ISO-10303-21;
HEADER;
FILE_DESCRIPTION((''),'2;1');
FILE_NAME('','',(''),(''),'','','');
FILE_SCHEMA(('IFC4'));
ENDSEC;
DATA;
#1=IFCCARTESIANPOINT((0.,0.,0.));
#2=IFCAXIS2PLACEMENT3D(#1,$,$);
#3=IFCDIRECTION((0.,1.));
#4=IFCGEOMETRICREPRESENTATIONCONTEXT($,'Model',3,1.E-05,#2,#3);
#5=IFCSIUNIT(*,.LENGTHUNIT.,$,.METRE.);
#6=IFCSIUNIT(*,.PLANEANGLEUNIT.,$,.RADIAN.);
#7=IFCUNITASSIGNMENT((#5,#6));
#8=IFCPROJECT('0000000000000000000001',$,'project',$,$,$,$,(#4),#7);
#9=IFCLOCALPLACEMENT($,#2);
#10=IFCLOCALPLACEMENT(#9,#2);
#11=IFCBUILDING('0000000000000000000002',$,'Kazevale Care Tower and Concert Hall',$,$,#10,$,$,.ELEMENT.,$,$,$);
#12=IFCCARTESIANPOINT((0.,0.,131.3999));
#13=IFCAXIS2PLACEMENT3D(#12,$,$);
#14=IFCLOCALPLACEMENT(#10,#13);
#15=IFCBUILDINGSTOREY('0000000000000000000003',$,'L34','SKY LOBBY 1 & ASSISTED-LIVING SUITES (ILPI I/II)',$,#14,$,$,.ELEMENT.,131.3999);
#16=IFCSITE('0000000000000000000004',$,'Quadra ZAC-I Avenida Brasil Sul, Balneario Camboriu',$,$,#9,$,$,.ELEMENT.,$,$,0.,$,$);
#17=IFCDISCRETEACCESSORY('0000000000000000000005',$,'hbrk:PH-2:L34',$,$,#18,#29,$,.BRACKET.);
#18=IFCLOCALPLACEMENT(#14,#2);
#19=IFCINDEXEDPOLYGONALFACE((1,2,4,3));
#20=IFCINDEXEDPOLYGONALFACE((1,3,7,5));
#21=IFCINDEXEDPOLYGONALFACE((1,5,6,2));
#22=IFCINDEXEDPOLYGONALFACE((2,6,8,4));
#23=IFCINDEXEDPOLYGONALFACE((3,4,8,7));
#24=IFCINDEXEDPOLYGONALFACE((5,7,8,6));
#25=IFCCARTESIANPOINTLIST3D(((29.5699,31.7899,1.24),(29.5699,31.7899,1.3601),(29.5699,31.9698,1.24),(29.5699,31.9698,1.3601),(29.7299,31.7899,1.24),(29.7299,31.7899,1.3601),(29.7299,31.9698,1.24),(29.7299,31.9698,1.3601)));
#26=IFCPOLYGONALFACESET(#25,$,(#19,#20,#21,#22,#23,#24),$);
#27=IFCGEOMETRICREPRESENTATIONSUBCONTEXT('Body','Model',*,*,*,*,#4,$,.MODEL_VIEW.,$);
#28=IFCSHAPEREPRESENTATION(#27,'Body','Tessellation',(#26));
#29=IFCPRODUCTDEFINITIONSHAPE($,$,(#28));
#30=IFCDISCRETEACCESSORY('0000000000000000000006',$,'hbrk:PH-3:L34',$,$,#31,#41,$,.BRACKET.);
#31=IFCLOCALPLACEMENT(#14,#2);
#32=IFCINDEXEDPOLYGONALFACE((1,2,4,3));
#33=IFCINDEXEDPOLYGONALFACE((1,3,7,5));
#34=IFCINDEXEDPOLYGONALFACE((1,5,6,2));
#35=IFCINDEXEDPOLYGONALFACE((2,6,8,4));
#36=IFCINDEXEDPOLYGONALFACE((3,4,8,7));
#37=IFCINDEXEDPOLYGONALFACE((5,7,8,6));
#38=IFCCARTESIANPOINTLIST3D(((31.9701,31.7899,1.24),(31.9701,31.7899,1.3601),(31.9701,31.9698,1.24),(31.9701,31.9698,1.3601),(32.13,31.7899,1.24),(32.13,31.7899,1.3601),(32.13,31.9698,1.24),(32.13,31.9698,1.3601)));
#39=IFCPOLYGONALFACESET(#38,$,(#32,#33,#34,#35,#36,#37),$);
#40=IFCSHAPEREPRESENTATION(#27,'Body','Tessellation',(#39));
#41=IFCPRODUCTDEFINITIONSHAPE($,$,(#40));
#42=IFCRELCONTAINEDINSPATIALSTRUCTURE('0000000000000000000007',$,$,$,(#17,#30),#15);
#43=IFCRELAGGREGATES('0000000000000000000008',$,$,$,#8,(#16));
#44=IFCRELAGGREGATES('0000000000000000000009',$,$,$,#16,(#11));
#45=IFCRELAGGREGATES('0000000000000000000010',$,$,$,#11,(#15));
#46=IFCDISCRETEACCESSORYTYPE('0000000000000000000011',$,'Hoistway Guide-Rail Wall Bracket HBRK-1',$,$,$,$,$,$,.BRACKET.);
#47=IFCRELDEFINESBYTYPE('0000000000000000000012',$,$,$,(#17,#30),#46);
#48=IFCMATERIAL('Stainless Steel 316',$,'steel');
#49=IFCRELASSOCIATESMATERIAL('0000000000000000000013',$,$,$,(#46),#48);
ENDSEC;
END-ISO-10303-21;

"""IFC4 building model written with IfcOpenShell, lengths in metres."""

from ifc_helpers import new_model, si_unit, direction, frame, origin, origin_2d, place, context, subcontext, project, spatial, rectangle, extrude, material, type_object, element, save


model = new_model("IFC4")

# Units and contexts
model_context = context("Model", 3, precision=1e-05, world=origin(), true_north=direction((0.0, 1.0)))
body_context = subcontext(model_context, "Body", "Model", "MODEL_VIEW")
ifc_project = project(units=[si_unit("LENGTHUNIT", "METRE"), si_unit("PLANEANGLEUNIT", "RADIAN")], contexts=[model_context])

# Site, building, storey
site_placement = place(None, origin())
site = spatial("IfcSite", under=ifc_project, at=site_placement, Name="Quadra ZAC-I Avenida Brasil Sul, Balneario Camboriu", CompositionType="ELEMENT", RefElevation=0.0)
building_placement = place(site_placement, origin())
building = spatial("IfcBuilding", under=site, at=building_placement, Name="Kazevale Care Tower and Concert Hall", CompositionType="ELEMENT")
storey_placement = place(building_placement, frame((0.0, 0.0, 131.3999)))
storey = spatial("IfcBuildingStorey", under=building, at=storey_placement, Name="L34", Description="SKY LOBBY 1 & ASSISTED-LIVING SUITES (ILPI I/II)", CompositionType="ELEMENT", Elevation=131.3999)

# Shared definitions
ifc_material_1 = material(Name="Stainless Steel 316", Category="steel")

# Discrete accessories
discrete_accessory_type = type_object("IfcDiscreteAccessoryType", Name="Hoistway Guide-Rail Wall Bracket HBRK-1", PredefinedType="BRACKET", material=ifc_material_1)
for number, where, z_axis, x_axis, name in (
    (1, (29.6499, 31.8799, 1.24), (0.0, 0.0, 1.0), (1.0, 0.0, 0.0), "hbrk:PH-2:L34"),
    (2, (32.05, 31.8799, 1.24), (0.0, 0.0, 1.0), (1.0, 0.0, 0.0), "hbrk:PH-3:L34"),
):
    element("IfcDiscreteAccessory", number, at=place(storey_placement, frame(where, z_axis=z_axis, x_axis=x_axis)), inside=storey, type_object=discrete_accessory_type, Name=name, PredefinedType="BRACKET", context=body_context, shape_type="SweptSolid", body=[
        extrude(rectangle(XDim=0.1599, YDim=0.1799, at=origin_2d()), origin(), (0.0, 0.0, 1.0), 0.1201),
    ])

save(model, "model.ifc")
